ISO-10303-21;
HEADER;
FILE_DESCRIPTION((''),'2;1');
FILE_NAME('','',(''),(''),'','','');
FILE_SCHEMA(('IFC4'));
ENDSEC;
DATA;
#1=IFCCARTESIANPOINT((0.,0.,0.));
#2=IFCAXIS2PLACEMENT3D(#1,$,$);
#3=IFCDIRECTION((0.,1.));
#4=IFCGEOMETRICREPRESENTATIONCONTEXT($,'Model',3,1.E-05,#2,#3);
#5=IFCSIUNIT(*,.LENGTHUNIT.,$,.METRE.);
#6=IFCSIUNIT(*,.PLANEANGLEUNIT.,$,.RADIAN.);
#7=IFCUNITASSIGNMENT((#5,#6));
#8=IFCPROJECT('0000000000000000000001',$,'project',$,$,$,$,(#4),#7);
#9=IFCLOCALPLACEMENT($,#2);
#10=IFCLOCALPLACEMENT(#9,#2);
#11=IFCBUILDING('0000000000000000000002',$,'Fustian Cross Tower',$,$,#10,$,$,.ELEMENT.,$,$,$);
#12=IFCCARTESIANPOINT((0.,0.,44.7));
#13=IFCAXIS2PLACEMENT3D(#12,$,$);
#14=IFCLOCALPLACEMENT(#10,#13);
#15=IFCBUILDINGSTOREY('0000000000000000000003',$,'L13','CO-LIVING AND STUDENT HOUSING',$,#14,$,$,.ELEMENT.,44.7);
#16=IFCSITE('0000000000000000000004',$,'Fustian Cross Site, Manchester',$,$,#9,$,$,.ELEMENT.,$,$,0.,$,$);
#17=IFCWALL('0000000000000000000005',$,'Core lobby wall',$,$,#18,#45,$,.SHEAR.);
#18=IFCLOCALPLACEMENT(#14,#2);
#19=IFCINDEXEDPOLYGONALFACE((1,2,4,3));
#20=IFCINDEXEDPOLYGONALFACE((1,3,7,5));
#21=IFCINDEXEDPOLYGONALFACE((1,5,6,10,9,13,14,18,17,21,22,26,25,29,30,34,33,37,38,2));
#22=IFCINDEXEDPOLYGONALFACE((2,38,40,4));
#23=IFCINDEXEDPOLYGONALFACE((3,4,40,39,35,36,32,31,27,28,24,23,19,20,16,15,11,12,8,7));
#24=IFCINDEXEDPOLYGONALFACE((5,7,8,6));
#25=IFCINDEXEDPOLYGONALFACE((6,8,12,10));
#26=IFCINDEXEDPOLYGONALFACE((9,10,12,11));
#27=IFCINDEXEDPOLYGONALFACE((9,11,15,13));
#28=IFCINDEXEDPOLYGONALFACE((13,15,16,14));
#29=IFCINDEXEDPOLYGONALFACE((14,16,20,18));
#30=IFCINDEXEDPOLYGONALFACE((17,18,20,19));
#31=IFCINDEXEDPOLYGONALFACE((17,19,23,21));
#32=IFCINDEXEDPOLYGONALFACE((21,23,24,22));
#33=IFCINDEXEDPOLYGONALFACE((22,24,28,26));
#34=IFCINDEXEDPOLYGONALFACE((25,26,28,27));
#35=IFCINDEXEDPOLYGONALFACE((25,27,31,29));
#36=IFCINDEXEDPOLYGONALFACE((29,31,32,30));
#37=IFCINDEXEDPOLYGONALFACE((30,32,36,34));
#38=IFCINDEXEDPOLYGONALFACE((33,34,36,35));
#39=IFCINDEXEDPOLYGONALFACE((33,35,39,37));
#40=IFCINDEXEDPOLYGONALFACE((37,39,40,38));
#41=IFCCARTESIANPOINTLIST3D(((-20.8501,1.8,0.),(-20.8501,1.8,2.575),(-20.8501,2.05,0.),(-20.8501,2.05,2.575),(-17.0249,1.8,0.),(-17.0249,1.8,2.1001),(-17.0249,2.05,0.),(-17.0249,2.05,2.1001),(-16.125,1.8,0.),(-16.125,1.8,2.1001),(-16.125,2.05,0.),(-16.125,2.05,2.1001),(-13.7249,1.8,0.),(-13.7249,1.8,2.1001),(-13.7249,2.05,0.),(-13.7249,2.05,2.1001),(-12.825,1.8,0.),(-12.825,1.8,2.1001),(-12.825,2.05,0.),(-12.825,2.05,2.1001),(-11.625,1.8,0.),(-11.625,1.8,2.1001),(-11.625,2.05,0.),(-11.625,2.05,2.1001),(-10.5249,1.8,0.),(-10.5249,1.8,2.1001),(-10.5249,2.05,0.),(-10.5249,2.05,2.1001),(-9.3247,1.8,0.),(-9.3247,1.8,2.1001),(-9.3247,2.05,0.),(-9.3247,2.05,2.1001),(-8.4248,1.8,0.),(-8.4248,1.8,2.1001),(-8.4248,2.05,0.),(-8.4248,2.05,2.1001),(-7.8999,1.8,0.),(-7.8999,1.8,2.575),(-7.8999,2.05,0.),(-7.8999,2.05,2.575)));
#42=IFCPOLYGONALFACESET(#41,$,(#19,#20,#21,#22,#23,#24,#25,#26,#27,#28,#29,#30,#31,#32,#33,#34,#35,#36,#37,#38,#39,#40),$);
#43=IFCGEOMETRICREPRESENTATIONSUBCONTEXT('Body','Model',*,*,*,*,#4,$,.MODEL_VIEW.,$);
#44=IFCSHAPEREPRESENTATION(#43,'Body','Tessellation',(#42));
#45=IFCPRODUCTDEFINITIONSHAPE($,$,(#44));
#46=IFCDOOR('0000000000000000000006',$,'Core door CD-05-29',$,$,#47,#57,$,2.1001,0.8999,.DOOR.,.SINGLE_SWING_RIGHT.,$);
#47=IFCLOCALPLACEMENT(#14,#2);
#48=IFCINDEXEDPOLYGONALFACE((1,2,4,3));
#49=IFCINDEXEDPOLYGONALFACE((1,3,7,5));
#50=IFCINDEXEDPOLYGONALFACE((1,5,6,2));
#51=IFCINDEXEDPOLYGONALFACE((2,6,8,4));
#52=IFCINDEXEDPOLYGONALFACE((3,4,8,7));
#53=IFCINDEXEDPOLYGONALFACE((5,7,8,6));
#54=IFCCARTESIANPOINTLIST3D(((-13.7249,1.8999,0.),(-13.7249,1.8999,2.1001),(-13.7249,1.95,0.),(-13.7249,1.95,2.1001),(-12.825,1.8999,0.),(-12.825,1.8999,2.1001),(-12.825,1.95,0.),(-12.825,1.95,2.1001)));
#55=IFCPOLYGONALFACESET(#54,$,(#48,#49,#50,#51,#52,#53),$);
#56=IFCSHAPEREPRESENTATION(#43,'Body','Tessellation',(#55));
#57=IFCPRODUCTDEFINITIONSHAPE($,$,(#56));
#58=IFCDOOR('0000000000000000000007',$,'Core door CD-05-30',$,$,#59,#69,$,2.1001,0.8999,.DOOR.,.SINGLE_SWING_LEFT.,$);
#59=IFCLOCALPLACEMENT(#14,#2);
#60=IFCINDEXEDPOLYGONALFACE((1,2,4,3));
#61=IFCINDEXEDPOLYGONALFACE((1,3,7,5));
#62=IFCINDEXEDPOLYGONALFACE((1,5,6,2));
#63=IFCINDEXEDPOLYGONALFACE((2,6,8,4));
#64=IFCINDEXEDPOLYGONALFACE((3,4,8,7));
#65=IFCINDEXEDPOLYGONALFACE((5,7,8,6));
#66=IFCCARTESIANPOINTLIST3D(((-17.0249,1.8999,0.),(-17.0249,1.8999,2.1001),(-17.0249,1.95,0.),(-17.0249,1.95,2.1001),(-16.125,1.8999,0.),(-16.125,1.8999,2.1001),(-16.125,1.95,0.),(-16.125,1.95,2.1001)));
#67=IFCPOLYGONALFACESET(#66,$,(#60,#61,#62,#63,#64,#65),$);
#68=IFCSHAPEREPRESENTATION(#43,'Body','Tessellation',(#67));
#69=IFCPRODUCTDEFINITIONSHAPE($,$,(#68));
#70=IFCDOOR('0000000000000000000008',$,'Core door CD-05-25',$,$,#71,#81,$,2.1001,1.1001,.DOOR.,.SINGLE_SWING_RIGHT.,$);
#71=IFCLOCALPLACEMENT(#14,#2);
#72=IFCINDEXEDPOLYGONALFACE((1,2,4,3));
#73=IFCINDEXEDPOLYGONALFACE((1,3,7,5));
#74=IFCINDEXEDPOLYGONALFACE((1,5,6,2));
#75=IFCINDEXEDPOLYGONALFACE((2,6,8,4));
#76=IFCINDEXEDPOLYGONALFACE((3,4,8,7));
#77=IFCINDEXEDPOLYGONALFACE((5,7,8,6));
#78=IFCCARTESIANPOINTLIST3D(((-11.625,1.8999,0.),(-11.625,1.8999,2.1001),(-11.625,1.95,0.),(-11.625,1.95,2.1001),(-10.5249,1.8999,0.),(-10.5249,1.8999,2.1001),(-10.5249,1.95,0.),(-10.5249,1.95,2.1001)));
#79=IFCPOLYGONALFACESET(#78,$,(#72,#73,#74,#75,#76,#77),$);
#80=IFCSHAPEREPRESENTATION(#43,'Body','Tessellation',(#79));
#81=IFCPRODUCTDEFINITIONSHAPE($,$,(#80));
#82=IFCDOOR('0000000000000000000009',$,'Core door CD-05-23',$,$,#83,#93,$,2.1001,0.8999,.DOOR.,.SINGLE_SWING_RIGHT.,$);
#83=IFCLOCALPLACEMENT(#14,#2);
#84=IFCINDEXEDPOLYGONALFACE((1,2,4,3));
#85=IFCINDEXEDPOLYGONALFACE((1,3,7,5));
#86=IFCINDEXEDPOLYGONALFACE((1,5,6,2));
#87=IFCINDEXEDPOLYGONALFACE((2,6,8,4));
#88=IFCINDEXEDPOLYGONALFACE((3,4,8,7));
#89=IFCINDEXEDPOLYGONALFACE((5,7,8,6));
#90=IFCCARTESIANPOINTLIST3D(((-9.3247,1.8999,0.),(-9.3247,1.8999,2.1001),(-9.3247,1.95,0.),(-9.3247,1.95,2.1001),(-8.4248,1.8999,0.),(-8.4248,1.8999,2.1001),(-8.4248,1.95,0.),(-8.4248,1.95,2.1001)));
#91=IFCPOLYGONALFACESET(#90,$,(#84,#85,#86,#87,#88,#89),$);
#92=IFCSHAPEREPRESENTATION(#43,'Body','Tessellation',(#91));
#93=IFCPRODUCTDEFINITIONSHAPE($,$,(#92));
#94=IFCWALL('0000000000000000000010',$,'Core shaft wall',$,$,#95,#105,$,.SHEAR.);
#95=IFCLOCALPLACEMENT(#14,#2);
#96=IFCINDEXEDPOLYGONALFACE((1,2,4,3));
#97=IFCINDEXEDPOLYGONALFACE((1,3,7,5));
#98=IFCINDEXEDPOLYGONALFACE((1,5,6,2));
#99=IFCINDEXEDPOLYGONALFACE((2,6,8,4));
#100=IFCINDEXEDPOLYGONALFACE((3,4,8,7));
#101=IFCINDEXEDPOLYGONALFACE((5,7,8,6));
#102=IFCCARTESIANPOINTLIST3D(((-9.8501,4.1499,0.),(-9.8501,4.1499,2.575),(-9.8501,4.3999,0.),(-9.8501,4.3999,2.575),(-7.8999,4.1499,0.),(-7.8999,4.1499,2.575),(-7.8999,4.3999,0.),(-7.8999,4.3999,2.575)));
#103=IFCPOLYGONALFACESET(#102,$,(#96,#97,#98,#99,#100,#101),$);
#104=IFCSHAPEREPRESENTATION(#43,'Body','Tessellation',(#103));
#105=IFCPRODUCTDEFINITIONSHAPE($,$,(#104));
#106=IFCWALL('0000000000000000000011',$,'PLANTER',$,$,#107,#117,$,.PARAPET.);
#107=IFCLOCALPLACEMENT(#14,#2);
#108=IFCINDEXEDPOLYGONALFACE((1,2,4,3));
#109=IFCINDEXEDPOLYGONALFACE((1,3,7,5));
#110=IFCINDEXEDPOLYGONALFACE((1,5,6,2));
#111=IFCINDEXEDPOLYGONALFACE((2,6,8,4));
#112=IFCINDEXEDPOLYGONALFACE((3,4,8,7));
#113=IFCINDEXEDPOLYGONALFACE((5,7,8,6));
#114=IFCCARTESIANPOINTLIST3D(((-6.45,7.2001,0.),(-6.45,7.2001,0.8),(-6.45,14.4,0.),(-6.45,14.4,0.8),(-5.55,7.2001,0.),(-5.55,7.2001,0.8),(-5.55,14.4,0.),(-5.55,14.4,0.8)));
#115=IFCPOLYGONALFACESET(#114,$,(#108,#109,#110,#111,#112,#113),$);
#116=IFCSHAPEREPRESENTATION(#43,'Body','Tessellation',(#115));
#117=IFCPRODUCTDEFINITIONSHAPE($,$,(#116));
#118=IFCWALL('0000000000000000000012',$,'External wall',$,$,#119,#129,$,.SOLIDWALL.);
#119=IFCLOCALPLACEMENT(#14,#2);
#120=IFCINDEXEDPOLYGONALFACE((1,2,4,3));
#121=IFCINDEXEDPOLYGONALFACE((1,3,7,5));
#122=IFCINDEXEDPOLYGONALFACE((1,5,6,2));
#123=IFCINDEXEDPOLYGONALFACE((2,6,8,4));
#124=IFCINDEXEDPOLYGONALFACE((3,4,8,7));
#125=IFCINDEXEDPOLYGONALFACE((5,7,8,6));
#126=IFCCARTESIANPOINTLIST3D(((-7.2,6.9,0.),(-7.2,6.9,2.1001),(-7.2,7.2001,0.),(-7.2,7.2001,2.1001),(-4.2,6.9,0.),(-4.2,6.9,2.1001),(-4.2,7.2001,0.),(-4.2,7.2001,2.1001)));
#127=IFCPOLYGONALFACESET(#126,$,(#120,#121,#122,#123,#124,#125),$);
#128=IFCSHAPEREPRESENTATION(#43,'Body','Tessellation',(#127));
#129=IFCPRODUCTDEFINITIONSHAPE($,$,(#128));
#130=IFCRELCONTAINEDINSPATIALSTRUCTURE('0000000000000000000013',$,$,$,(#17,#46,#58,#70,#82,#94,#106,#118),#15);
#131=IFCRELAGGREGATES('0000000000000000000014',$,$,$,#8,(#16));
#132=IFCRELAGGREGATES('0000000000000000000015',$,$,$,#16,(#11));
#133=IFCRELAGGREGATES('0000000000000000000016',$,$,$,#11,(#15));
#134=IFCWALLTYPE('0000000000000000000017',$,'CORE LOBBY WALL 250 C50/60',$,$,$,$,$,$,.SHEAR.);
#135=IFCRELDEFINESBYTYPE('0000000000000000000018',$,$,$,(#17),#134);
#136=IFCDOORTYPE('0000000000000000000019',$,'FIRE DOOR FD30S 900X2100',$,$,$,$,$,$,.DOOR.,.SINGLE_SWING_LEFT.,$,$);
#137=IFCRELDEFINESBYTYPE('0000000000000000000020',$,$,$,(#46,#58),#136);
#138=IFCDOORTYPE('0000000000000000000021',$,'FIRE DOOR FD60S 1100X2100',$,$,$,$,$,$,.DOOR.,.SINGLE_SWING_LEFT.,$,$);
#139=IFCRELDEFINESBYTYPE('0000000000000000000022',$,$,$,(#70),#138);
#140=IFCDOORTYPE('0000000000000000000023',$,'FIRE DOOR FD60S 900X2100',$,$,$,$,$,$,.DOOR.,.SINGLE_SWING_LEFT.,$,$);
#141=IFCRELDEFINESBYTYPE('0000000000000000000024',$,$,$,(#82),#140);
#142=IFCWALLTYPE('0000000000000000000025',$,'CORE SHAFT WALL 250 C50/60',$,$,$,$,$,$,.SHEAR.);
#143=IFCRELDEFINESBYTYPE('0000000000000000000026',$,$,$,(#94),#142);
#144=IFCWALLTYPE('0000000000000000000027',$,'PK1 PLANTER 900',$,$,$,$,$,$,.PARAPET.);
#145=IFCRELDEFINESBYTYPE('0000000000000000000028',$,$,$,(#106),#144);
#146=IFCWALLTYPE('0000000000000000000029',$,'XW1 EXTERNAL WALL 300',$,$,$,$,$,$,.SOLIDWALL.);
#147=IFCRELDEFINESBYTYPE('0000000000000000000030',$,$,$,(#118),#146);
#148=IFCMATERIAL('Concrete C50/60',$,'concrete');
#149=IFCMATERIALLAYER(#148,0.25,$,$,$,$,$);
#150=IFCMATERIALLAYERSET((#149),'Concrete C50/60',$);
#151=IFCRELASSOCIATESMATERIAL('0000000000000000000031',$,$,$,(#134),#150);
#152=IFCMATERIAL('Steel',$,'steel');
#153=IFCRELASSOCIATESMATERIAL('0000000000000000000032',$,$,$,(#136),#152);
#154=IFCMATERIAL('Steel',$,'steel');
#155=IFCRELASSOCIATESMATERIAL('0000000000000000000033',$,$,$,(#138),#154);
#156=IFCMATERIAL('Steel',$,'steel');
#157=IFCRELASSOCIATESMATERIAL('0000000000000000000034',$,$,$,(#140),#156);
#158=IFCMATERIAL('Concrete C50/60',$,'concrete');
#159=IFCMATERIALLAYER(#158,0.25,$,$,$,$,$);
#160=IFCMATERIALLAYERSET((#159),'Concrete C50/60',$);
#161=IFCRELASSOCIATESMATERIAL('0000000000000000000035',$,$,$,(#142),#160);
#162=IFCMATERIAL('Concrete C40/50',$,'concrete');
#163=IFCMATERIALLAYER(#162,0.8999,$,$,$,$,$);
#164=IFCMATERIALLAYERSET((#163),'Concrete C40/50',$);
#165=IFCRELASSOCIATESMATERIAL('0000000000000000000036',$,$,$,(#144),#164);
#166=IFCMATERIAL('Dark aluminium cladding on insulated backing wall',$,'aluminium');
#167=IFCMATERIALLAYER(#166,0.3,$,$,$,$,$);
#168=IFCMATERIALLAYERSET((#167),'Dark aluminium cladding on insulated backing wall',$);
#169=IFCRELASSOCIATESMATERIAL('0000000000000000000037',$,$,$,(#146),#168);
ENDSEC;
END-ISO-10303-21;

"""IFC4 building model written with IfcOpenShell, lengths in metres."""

from ifc_helpers import new_model, si_unit, direction, frame, frame_2d, origin, place, context, subcontext, project, spatial, rectangle, extrude, material, layer, layer_set, type_object, element, fill, save


model = new_model("IFC4")

# Units and contexts
model_context = context("Model", 3, precision=1e-05, world=origin(), true_north=direction((0.0, 1.0)))
body_context = subcontext(model_context, "Body", "Model", "MODEL_VIEW")
ifc_project = project(units=[si_unit("LENGTHUNIT", "METRE"), si_unit("PLANEANGLEUNIT", "RADIAN")], contexts=[model_context])

# Site, building, storey
site_placement = place(None, origin())
site = spatial("IfcSite", under=ifc_project, at=site_placement, Name="Fustian Cross Site, Manchester", CompositionType="ELEMENT", RefElevation=0.0)
building_placement = place(site_placement, origin())
building = spatial("IfcBuilding", under=site, at=building_placement, Name="Fustian Cross Tower", CompositionType="ELEMENT")
storey_placement = place(building_placement, frame((0.0, 0.0, 44.7)))
storey = spatial("IfcBuildingStorey", under=building, at=storey_placement, Name="L13", Description="CO-LIVING AND STUDENT HOUSING", CompositionType="ELEMENT", Elevation=44.7)

# Wall, openings, doors
ifc_material_1 = material(Name="Concrete C50/60", Category="concrete")
ifc_layer_1 = layer(ifc_material_1, 0.25)
ifc_layer_set_1 = layer_set([ifc_layer_1], Name="Concrete C50/60")
wall_type_1 = type_object("IfcWallType", Name="CORE LOBBY WALL 250 C50/60", PredefinedType="SHEAR", material=ifc_layer_set_1)
wall_1_placement = place(storey_placement, frame((-7.8999, 1.925, 0.0), z_axis=(0.0, 0.0, 1.0), x_axis=(-1.0, 0.0, 0.0)))
wall_1 = element("IfcWall", 1, at=wall_1_placement, inside=storey, type_object=wall_type_1, Name="Core lobby wall", PredefinedType="SHEAR", context=body_context, shape_type="SweptSolid", body=[
    extrude(rectangle(XDim=12.9502, YDim=0.25, at=frame_2d((6.4751, 0.0))), origin(), (0.0, 0.0, 1.0), 2.575),
])
opening_1_placement = place(wall_1_placement, frame((0.5249, 0.0, 0.0)))
opening_1 = element("IfcOpeningElement", 2, at=opening_1_placement, cuts=wall_1, PredefinedType="OPENING", context=body_context, shape_type="SweptSolid", body=[
    extrude(rectangle(XDim=0.8999, YDim=2.1001, at=frame_2d((0.45, 1.05))), frame((0.0, 0.135, 0.0), z_axis=(0.0, -1.0, 0.0), x_axis=(1.0, 0.0, 0.0)), (0.0, 0.0, 1.0), 0.27),
])
opening_2_placement = place(wall_1_placement, frame((2.625, 0.0, 0.0)))
opening_2 = element("IfcOpeningElement", 3, at=opening_2_placement, cuts=wall_1, PredefinedType="OPENING", context=body_context, shape_type="SweptSolid", body=[
    extrude(rectangle(XDim=1.1001, YDim=2.1001, at=frame_2d((0.55, 1.05))), frame((0.0, 0.135, 0.0), z_axis=(0.0, -1.0, 0.0), x_axis=(1.0, 0.0, 0.0)), (0.0, 0.0, 1.0), 0.27),
])
opening_3_placement = place(wall_1_placement, frame((4.925, 0.0, 0.0)))
opening_3 = element("IfcOpeningElement", 4, at=opening_3_placement, cuts=wall_1, PredefinedType="OPENING", context=body_context, shape_type="SweptSolid", body=[
    extrude(rectangle(XDim=0.8999, YDim=2.1001, at=frame_2d((0.45, 1.05))), frame((0.0, 0.135, 0.0), z_axis=(0.0, -1.0, 0.0), x_axis=(1.0, 0.0, 0.0)), (0.0, 0.0, 1.0), 0.27),
])
opening_4_placement = place(wall_1_placement, frame((8.2251, 0.0, 0.0)))
opening_4 = element("IfcOpeningElement", 5, at=opening_4_placement, cuts=wall_1, PredefinedType="OPENING", context=body_context, shape_type="SweptSolid", body=[
    extrude(rectangle(XDim=0.8999, YDim=2.1001, at=frame_2d((0.45, 1.05))), frame((0.0, 0.135, 0.0), z_axis=(0.0, -1.0, 0.0), x_axis=(1.0, 0.0, 0.0)), (0.0, 0.0, 1.0), 0.27),
])
ifc_material_2 = material(Name="Steel", Category="steel")
door_type_1 = type_object("IfcDoorType", Name="FIRE DOOR FD30S 900X2100", OperationType="SINGLE_SWING_LEFT", PredefinedType="DOOR", material=ifc_material_2)
door_1_placement = place(opening_3_placement, frame((0.8999, 0.0, 0.0), z_axis=(0.0, 0.0, 1.0), x_axis=(-1.0, 0.0, 0.0)))
door_1 = element("IfcDoor", 6, at=door_1_placement, inside=storey, type_object=door_type_1, Name="Core door CD-05-29", OperationType="SINGLE_SWING_RIGHT", OverallHeight=2.1001, OverallWidth=0.8999, PredefinedType="DOOR", context=body_context, shape_type="SweptSolid", body=[
    extrude(rectangle(XDim=0.8999, YDim=2.1001, at=frame_2d((0.45, 1.05))), frame((0.0, 0.0249, 0.0), z_axis=(0.0, -1.0, 0.0), x_axis=(1.0, 0.0, 0.0)), (0.0, 0.0, 1.0), 0.05),
])
fill(opening_3, door_1)
door_2_placement = place(opening_4_placement, frame((0.8999, 0.0, 0.0), z_axis=(0.0, 0.0, 1.0), x_axis=(-1.0, 0.0, 0.0)))
door_2 = element("IfcDoor", 7, at=door_2_placement, inside=storey, type_object=door_type_1, Name="Core door CD-05-30", OperationType="SINGLE_SWING_LEFT", OverallHeight=2.1001, OverallWidth=0.8999, PredefinedType="DOOR", context=body_context, shape_type="SweptSolid", body=[
    extrude(rectangle(XDim=0.8999, YDim=2.1001, at=frame_2d((0.45, 1.05))), frame((0.0, 0.0249, 0.0), z_axis=(0.0, -1.0, 0.0), x_axis=(1.0, 0.0, 0.0)), (0.0, 0.0, 1.0), 0.05),
])
fill(opening_4, door_2)
ifc_material_3 = material(Name="Steel", Category="steel")
door_type_2 = type_object("IfcDoorType", Name="FIRE DOOR FD60S 1100X2100", OperationType="SINGLE_SWING_LEFT", PredefinedType="DOOR", material=ifc_material_3)
door_3_placement = place(opening_2_placement, frame((1.1001, 0.0, 0.0), z_axis=(0.0, 0.0, 1.0), x_axis=(-1.0, 0.0, 0.0)))
door_3 = element("IfcDoor", 8, at=door_3_placement, inside=storey, type_object=door_type_2, Name="Core door CD-05-25", OperationType="SINGLE_SWING_RIGHT", OverallHeight=2.1001, OverallWidth=1.1001, PredefinedType="DOOR", context=body_context, shape_type="SweptSolid", body=[
    extrude(rectangle(XDim=1.1001, YDim=2.1001, at=frame_2d((0.55, 1.05))), frame((0.0, 0.0249, 0.0), z_axis=(0.0, -1.0, 0.0), x_axis=(1.0, 0.0, 0.0)), (0.0, 0.0, 1.0), 0.05),
])
fill(opening_2, door_3)
ifc_material_4 = material(Name="Steel", Category="steel")
door_type_3 = type_object("IfcDoorType", Name="FIRE DOOR FD60S 900X2100", OperationType="SINGLE_SWING_LEFT", PredefinedType="DOOR", material=ifc_material_4)
door_4_placement = place(opening_1_placement, frame((0.8999, 0.0, 0.0), z_axis=(0.0, 0.0, 1.0), x_axis=(-1.0, 0.0, 0.0)))
door_4 = element("IfcDoor", 9, at=door_4_placement, inside=storey, type_object=door_type_3, Name="Core door CD-05-23", OperationType="SINGLE_SWING_RIGHT", OverallHeight=2.1001, OverallWidth=0.8999, PredefinedType="DOOR", context=body_context, shape_type="SweptSolid", body=[
    extrude(rectangle(XDim=0.8999, YDim=2.1001, at=frame_2d((0.45, 1.05))), frame((0.0, 0.0249, 0.0), z_axis=(0.0, -1.0, 0.0), x_axis=(1.0, 0.0, 0.0)), (0.0, 0.0, 1.0), 0.05),
])
fill(opening_1, door_4)

# Walls
ifc_material_5 = material(Name="Concrete C50/60", Category="concrete")
ifc_layer_2 = layer(ifc_material_5, 0.25)
ifc_layer_set_2 = layer_set([ifc_layer_2], Name="Concrete C50/60")
wall_type_2 = type_object("IfcWallType", Name="CORE SHAFT WALL 250 C50/60", PredefinedType="SHEAR", material=ifc_layer_set_2)
wall_2_placement = place(storey_placement, frame((-7.8999, 4.2749, 0.0), z_axis=(0.0, 0.0, 1.0), x_axis=(-1.0, 0.0, 0.0)))
element("IfcWall", 10, at=wall_2_placement, inside=storey, type_object=wall_type_2, Name="Core shaft wall", PredefinedType="SHEAR", context=body_context, shape_type="SweptSolid", body=[
    extrude(rectangle(XDim=1.9502, YDim=0.25, at=frame_2d((0.9751, 0.0))), origin(), (0.0, 0.0, 1.0), 2.575),
])
ifc_material_6 = material(Name="Concrete C40/50", Category="concrete")
ifc_layer_3 = layer(ifc_material_6, 0.8999)
ifc_layer_set_3 = layer_set([ifc_layer_3], Name="Concrete C40/50")
wall_type_3 = type_object("IfcWallType", Name="PK1 PLANTER 900", PredefinedType="PARAPET", material=ifc_layer_set_3)
wall_3_placement = place(storey_placement, frame((-6.0, 7.2, 0.0), z_axis=(0.0, 0.0, 1.0), x_axis=(0.0, 1.0, 0.0)))
element("IfcWall", 11, at=wall_3_placement, inside=storey, type_object=wall_type_3, Name="PLANTER", PredefinedType="PARAPET", context=body_context, shape_type="SweptSolid", body=[
    extrude(rectangle(XDim=7.2, YDim=0.8999, at=frame_2d((3.6001, 0.0))), origin(), (0.0, 0.0, 1.0), 0.8),
])
ifc_material_7 = material(Name="Dark aluminium cladding on insulated backing wall", Category="aluminium")
ifc_layer_4 = layer(ifc_material_7, 0.3)
ifc_layer_set_4 = layer_set([ifc_layer_4], Name="Dark aluminium cladding on insulated backing wall")
wall_type_4 = type_object("IfcWallType", Name="XW1 EXTERNAL WALL 300", PredefinedType="SOLIDWALL", material=ifc_layer_set_4)
wall_4_placement = place(storey_placement, frame((-4.2, 7.05, 0.0), z_axis=(0.0, 0.0, 1.0), x_axis=(-1.0, 0.0, 0.0)))
element("IfcWall", 12, at=wall_4_placement, inside=storey, type_object=wall_type_4, Name="External wall", PredefinedType="SOLIDWALL", context=body_context, shape_type="SweptSolid", body=[
    extrude(rectangle(XDim=3.0, YDim=0.3, at=frame_2d((1.5, 0.0))), origin(), (0.0, 0.0, 1.0), 2.1001),
])

save(model, "model.ifc")
